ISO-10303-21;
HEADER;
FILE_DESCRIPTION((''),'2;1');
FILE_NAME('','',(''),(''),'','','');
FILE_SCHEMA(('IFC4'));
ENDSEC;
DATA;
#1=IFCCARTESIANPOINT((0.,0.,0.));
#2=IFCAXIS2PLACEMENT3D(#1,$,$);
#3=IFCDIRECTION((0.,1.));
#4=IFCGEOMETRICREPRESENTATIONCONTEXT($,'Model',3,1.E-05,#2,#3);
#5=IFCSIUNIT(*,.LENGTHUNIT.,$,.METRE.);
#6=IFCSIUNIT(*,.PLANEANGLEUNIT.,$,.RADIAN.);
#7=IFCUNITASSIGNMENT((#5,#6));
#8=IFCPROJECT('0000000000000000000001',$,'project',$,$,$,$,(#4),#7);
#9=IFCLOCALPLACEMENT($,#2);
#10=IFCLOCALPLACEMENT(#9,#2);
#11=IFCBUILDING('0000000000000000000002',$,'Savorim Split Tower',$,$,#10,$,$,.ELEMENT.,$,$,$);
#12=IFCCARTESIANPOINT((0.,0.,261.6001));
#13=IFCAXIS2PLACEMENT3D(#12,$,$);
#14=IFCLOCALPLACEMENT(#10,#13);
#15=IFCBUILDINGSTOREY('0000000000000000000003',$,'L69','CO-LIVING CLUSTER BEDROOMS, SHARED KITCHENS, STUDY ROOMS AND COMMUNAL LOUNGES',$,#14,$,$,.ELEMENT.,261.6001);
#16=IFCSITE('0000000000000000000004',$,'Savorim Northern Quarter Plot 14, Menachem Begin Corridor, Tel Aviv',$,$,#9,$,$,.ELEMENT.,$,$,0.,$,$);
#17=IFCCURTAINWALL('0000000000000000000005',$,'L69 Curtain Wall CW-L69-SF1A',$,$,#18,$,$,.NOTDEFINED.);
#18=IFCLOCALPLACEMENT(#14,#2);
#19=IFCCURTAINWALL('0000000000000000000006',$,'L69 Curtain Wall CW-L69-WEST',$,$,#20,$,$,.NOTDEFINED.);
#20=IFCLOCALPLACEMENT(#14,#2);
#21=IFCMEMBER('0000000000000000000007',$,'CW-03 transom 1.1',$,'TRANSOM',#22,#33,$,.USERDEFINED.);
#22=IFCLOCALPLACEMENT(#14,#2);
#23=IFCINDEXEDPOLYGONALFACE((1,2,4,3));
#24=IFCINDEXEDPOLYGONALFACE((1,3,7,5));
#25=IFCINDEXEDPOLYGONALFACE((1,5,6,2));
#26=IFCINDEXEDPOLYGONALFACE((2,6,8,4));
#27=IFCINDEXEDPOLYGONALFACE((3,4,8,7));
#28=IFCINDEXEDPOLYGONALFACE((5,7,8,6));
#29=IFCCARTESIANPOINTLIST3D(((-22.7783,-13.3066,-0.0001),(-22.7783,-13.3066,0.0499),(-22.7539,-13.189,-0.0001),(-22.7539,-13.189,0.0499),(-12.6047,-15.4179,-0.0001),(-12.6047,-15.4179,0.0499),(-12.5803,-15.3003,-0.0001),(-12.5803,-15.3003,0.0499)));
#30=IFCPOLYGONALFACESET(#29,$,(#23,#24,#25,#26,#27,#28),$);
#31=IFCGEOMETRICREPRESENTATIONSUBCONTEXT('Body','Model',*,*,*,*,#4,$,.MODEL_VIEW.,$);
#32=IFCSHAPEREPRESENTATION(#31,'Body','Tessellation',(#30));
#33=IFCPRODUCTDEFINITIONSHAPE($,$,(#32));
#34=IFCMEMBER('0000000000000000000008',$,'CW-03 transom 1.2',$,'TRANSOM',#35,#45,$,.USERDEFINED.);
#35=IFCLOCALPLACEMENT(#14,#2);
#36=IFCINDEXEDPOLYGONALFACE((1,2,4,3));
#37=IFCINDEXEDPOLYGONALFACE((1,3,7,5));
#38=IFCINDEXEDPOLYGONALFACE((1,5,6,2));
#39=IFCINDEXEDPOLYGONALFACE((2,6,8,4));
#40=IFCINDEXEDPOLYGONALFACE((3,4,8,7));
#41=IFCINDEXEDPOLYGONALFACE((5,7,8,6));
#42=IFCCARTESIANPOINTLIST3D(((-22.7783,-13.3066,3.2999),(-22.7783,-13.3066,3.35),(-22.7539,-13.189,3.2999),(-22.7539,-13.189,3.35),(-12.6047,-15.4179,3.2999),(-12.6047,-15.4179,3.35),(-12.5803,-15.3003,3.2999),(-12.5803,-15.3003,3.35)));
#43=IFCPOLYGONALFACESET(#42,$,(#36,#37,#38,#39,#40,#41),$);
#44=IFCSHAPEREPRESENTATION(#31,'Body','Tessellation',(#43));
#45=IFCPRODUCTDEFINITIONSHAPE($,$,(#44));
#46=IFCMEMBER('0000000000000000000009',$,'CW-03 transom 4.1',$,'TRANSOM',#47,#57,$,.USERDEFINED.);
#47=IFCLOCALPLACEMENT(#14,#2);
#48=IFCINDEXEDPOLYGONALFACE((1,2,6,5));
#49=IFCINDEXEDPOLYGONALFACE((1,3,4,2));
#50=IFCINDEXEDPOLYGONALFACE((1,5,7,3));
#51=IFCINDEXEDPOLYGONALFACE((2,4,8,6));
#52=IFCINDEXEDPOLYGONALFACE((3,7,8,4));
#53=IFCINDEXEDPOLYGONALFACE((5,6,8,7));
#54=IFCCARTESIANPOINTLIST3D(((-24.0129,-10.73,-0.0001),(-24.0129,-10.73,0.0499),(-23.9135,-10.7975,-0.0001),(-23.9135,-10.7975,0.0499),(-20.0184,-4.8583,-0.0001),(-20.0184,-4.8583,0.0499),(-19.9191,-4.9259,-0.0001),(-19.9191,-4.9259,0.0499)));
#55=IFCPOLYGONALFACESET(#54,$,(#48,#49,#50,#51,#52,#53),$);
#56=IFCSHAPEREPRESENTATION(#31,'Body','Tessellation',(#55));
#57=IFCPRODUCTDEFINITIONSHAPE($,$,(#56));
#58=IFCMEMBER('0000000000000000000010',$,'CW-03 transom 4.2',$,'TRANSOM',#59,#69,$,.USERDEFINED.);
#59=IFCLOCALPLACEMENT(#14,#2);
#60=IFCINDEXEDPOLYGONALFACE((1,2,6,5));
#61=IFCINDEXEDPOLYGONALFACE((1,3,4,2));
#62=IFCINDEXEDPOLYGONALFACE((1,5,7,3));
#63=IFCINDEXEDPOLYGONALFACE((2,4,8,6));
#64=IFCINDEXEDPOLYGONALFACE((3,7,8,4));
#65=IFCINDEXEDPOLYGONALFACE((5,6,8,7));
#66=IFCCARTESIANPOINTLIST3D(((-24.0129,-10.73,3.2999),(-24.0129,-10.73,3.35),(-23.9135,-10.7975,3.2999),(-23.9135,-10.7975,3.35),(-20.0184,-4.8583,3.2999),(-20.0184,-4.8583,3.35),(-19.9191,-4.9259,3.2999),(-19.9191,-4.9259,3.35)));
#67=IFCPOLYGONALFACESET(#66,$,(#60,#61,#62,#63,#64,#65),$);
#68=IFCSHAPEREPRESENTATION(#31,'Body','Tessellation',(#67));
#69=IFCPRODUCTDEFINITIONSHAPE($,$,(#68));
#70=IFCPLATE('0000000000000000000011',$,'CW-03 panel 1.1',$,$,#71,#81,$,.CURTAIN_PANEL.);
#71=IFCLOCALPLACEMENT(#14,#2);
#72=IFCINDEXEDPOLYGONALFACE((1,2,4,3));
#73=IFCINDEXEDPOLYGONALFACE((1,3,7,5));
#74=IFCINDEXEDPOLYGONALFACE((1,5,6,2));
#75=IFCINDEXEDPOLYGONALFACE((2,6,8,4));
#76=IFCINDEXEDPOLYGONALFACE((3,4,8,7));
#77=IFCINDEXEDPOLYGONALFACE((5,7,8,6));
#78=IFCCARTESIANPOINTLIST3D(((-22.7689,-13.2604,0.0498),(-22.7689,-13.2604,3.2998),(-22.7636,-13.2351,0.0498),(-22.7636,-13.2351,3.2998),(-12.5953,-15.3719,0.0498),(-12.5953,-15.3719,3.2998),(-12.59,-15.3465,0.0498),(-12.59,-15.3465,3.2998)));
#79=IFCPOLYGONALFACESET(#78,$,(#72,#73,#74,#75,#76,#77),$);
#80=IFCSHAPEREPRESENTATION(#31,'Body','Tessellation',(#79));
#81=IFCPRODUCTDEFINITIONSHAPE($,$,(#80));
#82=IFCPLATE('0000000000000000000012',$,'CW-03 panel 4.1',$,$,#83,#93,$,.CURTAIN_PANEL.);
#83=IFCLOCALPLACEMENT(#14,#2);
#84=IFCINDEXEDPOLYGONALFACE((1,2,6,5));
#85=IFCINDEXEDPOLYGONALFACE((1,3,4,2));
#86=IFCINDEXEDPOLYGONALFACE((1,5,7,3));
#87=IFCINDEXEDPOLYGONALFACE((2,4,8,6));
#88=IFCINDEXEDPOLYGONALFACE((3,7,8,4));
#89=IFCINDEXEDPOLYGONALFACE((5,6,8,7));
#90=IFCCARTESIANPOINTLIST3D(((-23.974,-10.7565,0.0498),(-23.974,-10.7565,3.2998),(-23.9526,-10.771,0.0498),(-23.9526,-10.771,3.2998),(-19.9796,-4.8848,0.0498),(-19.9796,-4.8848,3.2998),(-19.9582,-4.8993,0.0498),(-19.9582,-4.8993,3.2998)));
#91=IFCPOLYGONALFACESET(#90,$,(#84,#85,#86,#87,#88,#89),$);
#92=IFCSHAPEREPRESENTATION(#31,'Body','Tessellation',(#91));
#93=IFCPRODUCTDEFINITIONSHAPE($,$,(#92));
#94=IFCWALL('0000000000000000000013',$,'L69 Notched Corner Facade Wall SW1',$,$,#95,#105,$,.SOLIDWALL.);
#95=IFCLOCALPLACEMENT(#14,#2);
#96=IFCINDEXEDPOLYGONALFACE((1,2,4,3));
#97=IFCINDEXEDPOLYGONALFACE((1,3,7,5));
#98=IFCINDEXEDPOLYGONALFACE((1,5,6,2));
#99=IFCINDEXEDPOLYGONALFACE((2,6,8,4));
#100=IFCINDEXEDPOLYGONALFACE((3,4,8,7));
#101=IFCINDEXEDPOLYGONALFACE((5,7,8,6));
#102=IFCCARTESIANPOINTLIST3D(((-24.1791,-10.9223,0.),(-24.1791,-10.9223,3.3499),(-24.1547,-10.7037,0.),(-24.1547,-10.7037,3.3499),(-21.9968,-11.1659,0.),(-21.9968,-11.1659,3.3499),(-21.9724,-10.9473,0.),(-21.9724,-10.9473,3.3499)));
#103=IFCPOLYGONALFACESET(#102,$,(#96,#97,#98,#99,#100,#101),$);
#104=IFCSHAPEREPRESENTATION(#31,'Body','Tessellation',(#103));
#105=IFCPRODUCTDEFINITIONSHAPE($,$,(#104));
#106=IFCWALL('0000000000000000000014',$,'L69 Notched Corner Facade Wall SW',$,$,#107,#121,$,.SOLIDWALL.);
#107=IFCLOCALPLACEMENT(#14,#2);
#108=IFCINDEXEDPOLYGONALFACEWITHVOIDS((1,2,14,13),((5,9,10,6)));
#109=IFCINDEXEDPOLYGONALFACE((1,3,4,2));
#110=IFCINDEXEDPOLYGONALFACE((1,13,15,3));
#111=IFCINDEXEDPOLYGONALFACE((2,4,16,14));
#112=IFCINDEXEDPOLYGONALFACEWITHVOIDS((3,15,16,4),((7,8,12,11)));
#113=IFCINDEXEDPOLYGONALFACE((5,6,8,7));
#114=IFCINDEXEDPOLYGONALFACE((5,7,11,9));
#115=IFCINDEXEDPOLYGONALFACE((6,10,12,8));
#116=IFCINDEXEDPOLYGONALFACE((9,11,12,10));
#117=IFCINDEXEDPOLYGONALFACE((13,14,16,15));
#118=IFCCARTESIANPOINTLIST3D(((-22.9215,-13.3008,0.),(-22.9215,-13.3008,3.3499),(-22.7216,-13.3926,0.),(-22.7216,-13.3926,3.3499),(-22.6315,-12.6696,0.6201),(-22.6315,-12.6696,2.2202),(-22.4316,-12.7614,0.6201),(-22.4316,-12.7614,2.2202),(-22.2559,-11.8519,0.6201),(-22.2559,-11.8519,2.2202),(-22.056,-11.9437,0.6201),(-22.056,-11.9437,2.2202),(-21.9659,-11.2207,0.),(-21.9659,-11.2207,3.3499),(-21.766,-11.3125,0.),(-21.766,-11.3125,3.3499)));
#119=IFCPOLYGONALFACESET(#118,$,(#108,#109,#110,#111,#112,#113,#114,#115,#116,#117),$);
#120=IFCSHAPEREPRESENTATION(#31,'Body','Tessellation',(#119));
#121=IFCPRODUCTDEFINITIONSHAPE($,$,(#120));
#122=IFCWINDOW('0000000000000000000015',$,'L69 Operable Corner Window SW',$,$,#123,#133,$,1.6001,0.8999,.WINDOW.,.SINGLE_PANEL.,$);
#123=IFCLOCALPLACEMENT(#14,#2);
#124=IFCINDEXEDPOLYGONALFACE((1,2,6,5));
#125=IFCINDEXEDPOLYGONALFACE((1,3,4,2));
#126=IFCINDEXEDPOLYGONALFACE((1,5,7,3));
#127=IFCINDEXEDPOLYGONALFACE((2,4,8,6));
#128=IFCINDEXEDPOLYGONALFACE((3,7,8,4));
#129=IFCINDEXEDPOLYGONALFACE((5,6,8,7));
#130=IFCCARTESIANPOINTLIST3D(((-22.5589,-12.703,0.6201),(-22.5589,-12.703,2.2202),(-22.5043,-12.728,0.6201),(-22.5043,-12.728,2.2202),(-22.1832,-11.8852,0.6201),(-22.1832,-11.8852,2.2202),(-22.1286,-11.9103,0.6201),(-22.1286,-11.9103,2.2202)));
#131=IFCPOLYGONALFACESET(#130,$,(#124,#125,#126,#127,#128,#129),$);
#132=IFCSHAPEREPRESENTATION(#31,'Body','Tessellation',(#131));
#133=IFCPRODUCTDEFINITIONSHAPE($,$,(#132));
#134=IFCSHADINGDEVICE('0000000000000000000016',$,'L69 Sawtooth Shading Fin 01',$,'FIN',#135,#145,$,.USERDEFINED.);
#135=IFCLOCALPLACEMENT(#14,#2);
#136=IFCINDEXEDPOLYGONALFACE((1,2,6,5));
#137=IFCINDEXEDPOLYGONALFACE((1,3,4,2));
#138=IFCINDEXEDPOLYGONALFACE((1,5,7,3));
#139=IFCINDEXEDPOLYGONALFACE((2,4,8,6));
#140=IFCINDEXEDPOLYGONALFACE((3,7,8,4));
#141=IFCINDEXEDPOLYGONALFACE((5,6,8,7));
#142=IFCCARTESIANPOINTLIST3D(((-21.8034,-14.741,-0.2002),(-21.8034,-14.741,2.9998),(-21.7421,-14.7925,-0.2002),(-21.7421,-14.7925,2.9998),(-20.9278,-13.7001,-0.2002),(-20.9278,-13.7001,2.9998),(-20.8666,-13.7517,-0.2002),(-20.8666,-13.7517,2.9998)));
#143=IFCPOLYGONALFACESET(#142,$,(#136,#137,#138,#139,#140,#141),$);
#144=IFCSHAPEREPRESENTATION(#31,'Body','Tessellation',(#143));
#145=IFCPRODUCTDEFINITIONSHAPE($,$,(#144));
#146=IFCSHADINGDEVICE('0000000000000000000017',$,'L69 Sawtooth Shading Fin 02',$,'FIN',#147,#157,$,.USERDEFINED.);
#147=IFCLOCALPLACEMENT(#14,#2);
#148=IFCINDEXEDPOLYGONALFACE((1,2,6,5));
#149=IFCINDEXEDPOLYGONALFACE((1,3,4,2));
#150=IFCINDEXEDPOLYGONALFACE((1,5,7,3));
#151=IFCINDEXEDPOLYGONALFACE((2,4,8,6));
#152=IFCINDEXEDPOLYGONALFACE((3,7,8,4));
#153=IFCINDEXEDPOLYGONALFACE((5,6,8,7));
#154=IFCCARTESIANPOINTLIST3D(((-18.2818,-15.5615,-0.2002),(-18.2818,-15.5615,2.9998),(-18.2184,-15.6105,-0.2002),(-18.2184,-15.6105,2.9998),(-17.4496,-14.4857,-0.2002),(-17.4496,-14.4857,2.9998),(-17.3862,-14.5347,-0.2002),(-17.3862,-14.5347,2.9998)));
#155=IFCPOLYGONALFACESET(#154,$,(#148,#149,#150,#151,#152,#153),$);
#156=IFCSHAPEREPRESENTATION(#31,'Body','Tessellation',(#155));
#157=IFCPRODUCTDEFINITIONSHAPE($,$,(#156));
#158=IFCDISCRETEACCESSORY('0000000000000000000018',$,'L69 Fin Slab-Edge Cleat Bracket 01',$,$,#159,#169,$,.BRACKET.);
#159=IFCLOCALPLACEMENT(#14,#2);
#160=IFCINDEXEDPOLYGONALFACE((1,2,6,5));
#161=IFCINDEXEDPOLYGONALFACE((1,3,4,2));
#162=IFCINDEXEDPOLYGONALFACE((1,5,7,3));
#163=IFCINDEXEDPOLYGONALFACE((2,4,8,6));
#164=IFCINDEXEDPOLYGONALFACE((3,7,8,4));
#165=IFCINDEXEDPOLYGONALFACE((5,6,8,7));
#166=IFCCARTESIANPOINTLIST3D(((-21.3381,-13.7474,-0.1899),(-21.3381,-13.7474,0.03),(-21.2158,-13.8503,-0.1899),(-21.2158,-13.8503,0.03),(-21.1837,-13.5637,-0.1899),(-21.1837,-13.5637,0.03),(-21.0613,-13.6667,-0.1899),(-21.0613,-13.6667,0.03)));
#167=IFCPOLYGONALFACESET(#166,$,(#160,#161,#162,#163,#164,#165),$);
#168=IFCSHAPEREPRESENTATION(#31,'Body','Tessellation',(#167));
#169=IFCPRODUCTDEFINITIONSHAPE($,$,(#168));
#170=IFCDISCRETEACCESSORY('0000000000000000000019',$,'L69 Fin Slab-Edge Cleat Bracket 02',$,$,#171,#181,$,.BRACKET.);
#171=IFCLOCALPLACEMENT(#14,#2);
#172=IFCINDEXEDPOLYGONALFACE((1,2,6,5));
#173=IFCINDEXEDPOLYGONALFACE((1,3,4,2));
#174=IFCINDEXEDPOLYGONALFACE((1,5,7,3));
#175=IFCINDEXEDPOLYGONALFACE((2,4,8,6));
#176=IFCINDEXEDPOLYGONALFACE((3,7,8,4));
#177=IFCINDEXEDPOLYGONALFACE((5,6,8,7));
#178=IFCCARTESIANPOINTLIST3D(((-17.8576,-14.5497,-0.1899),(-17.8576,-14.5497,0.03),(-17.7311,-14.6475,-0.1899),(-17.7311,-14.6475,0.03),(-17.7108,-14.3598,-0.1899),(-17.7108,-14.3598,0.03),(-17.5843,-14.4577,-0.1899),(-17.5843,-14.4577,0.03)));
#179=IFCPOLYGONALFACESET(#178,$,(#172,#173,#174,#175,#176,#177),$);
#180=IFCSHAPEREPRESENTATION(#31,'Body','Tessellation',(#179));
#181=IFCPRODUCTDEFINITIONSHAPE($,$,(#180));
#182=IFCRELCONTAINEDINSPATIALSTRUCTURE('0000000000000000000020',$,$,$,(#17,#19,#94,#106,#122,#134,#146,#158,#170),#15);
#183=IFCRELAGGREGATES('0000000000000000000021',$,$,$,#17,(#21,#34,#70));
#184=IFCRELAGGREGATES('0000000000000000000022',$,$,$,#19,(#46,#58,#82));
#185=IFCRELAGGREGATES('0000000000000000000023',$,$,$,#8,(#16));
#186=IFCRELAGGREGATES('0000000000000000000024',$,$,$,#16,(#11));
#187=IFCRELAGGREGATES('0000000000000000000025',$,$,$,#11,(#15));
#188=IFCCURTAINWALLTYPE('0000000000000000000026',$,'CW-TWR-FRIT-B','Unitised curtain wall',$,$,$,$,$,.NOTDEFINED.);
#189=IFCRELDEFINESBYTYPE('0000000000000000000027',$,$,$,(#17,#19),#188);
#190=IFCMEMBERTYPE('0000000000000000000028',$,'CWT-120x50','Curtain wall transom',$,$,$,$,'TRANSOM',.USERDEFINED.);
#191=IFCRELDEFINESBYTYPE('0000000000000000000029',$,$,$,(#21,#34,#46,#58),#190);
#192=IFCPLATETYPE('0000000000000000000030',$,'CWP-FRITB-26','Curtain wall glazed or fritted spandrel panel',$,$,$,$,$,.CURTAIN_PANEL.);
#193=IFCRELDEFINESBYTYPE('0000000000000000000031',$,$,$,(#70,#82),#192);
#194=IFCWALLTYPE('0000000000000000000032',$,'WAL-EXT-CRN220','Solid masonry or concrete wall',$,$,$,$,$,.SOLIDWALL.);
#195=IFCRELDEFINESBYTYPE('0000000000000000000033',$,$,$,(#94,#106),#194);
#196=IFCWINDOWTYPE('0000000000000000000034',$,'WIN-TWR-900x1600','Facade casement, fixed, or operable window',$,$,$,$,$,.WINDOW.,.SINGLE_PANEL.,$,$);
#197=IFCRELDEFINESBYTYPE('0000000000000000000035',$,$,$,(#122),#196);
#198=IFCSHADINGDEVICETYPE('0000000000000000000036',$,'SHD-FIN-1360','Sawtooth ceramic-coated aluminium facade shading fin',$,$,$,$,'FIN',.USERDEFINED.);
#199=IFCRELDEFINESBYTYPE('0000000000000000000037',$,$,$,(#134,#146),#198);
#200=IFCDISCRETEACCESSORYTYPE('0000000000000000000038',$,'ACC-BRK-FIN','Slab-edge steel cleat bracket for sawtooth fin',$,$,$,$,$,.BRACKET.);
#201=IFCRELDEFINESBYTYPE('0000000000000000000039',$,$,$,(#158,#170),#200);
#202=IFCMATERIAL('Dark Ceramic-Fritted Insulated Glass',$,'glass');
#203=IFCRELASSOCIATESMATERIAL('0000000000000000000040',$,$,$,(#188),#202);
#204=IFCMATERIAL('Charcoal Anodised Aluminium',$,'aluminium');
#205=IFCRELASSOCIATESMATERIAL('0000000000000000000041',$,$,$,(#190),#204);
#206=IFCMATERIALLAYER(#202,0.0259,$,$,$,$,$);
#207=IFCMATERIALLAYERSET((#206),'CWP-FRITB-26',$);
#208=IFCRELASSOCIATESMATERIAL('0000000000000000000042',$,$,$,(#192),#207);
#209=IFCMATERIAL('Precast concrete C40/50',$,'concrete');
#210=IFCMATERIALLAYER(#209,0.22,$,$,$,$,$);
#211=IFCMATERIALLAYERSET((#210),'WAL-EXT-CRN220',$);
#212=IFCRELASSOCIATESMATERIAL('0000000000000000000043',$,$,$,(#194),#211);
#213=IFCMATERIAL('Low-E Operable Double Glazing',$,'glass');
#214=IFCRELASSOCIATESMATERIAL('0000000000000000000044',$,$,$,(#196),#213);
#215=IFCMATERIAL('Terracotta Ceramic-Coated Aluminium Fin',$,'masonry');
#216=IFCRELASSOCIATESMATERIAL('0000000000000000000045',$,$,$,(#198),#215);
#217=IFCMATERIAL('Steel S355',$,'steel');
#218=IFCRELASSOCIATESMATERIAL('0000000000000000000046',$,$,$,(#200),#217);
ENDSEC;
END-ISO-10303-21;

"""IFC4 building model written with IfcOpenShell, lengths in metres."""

from ifc_helpers import new_model, si_unit, direction, frame, frame_2d, origin, origin_2d, place, context, subcontext, project, spatial, rectangle, extrude, material, layer, layer_set, material_profile, profile_set, type_object, element, fill, aggregate, save


model = new_model("IFC4")

# Units and contexts
model_context = context("Model", 3, precision=1e-05, world=origin(), true_north=direction((0.0, 1.0)))
body_context = subcontext(model_context, "Body", "Model", "MODEL_VIEW")
ifc_project = project(units=[si_unit("LENGTHUNIT", "METRE"), si_unit("PLANEANGLEUNIT", "RADIAN")], contexts=[model_context])

# Site, building, storey
site_placement = place(None, origin())
site = spatial("IfcSite", under=ifc_project, at=site_placement, Name="Savorim Northern Quarter Plot 14, Menachem Begin Corridor, Tel Aviv", CompositionType="ELEMENT", RefElevation=0.0)
building_placement = place(site_placement, origin())
building = spatial("IfcBuilding", under=site, at=building_placement, Name="Savorim Split Tower", CompositionType="ELEMENT")
storey_placement = place(building_placement, frame((0.0, 0.0, 261.6001)))
storey = spatial("IfcBuildingStorey", under=building, at=storey_placement, Name="L69", Description="CO-LIVING CLUSTER BEDROOMS, SHARED KITCHENS, STUDY ROOMS AND COMMUNAL LOUNGES", CompositionType="ELEMENT", Elevation=261.6001)

# Shared definitions
ifc_material_1 = material(Name="Steel S355", Category="steel")

# Curtain wall
ifc_material_2 = material(Name="Dark Ceramic-Fritted Insulated Glass", Category="glass")
curtain_wall_type = type_object("IfcCurtainWallType", Name="CW-TWR-FRIT-B", Description="Unitised curtain wall", PredefinedType="NOTDEFINED", material=ifc_material_2)
curtain_wall_1_placement = place(storey_placement, origin())
curtain_wall_1 = element("IfcCurtainWall", 1, at=curtain_wall_1_placement, inside=storey, type_object=curtain_wall_type, Name="L69 Curtain Wall CW-L69-SF1A", PredefinedType="NOTDEFINED")
ifc_material_3 = material(Name="Charcoal Anodised Aluminium", Category="aluminium")

# Curtain wall
curtain_wall_2_placement = place(storey_placement, origin())
curtain_wall_2 = element("IfcCurtainWall", 2, at=curtain_wall_2_placement, inside=storey, type_object=curtain_wall_type, Name="L69 Curtain Wall CW-L69-WEST", PredefinedType="NOTDEFINED")

# Members
ifc_material_profile_1 = material_profile(ifc_material_3, rectangle(XDim=0.1201, YDim=0.05, at=origin_2d()), Name="ALU-T 120x50")
ifc_profile_set_1 = profile_set([ifc_material_profile_1], Name="Charcoal Anodised Aluminium")
member_type_1 = type_object("IfcMemberType", Name="CWT-120x50", Description="Curtain wall transom", ElementType="TRANSOM", PredefinedType="USERDEFINED", material=ifc_profile_set_1)
member_1_placement = place(storey_placement, frame((-22.7661, -13.2478, 0.0249), z_axis=(0.979137, -0.203201, 0.0), x_axis=(0.203201, 0.979137, 0.0)))
member_1 = element("IfcMember", 3, at=member_1_placement, type_object=member_type_1, Name="CW-03 transom 1.1", ObjectType="TRANSOM", PredefinedType="USERDEFINED", context=body_context, shape_type="SweptSolid", body=[
    extrude(rectangle(XDim=0.1201, YDim=0.05, at=origin_2d()), origin(), (0.0, 0.0, 1.0), 10.3904),
])
member_2_placement = place(storey_placement, frame((-22.7661, -13.2478, 3.325), z_axis=(0.979137, -0.203201, 0.0), x_axis=(0.203201, 0.979137, 0.0)))
member_2 = element("IfcMember", 4, at=member_2_placement, type_object=member_type_1, Name="CW-03 transom 1.2", ObjectType="TRANSOM", PredefinedType="USERDEFINED", context=body_context, shape_type="SweptSolid", body=[
    extrude(rectangle(XDim=0.1201, YDim=0.05, at=origin_2d()), origin(), (0.0, 0.0, 1.0), 10.3904),
])
member_3_placement = place(storey_placement, frame((-19.9688, -4.8921, 0.0249), z_axis=(-0.562475, -0.826815, 0.0), x_axis=(0.826815, -0.562475, 0.0)))
member_3 = element("IfcMember", 5, at=member_3_placement, type_object=member_type_1, Name="CW-03 transom 4.1", ObjectType="TRANSOM", PredefinedType="USERDEFINED", context=body_context, shape_type="SweptSolid", body=[
    extrude(rectangle(XDim=0.1201, YDim=0.05, at=origin_2d()), origin(), (0.0, 0.0, 1.0), 7.1016),
])
member_4_placement = place(storey_placement, frame((-19.9688, -4.8921, 3.325), z_axis=(-0.562475, -0.826815, 0.0), x_axis=(0.826815, -0.562475, 0.0)))
member_4 = element("IfcMember", 6, at=member_4_placement, type_object=member_type_1, Name="CW-03 transom 4.2", ObjectType="TRANSOM", PredefinedType="USERDEFINED", context=body_context, shape_type="SweptSolid", body=[
    extrude(rectangle(XDim=0.1201, YDim=0.05, at=origin_2d()), origin(), (0.0, 0.0, 1.0), 7.1016),
])

# Plates
ifc_layer_1 = layer(ifc_material_2, 0.0259)
ifc_layer_set_1 = layer_set([ifc_layer_1], Name="CWP-FRITB-26")
plate_type = type_object("IfcPlateType", Name="CWP-FRITB-26", Description="Curtain wall glazed or fritted spandrel panel", PredefinedType="CURTAIN_PANEL", material=ifc_layer_set_1)
plate_1_placement = place(storey_placement, frame((-17.6794, -14.3035, 0.0498), z_axis=(0.0, 0.0, 1.0), x_axis=(0.979135, -0.20321, 0.0)))
plate_1 = element("IfcPlate", 7, at=plate_1_placement, type_object=plate_type, Name="CW-03 panel 1.1", PredefinedType="CURTAIN_PANEL", context=body_context, shape_type="SweptSolid", body=[
    extrude(rectangle(XDim=10.3904, YDim=0.0259, at=origin_2d()), origin(), (0.0, 0.0, 1.0), 3.25),
])
aggregate(curtain_wall_1, [member_1, member_2, plate_1])
plate_2_placement = place(storey_placement, frame((-21.9661, -7.8279, 0.0498), z_axis=(0.0, 0.0, 1.0), x_axis=(-0.56247, -0.826817, 0.0)))
plate_2 = element("IfcPlate", 8, at=plate_2_placement, type_object=plate_type, Name="CW-03 panel 4.1", PredefinedType="CURTAIN_PANEL", context=body_context, shape_type="SweptSolid", body=[
    extrude(rectangle(XDim=7.1016, YDim=0.0259, at=origin_2d()), origin(), (0.0, 0.0, 1.0), 3.25),
])
aggregate(curtain_wall_2, [member_3, member_4, plate_2])

# Wall
ifc_material_4 = material(Name="Precast concrete C40/50", Category="concrete")
ifc_layer_2 = layer(ifc_material_4, 0.22)
ifc_layer_set_2 = layer_set([ifc_layer_2], Name="WAL-EXT-CRN220")
wall_type = type_object("IfcWallType", Name="WAL-EXT-CRN220", Description="Solid masonry or concrete wall", PredefinedType="SOLIDWALL", material=ifc_layer_set_2)
wall_1_placement = place(storey_placement, frame((-21.9846, -11.0566, 0.0), z_axis=(0.0, 0.0, 1.0), x_axis=(-0.993824, 0.110968, 0.0)))
element("IfcWall", 9, at=wall_1_placement, inside=storey, type_object=wall_type, Name="L69 Notched Corner Facade Wall SW1", PredefinedType="SOLIDWALL", context=body_context, shape_type="SweptSolid", body=[
    extrude(rectangle(XDim=2.1958, YDim=0.22, at=frame_2d((1.0979, 0.0))), origin(), (0.0, 0.0, 1.0), 3.3499),
])

# Wall, opening, window
wall_2_placement = place(storey_placement, frame((-22.8215, -13.3467, 0.0), z_axis=(0.0, 0.0, 1.0), x_axis=(0.417448, 0.908701, 0.0)))
wall_2 = element("IfcWall", 10, at=wall_2_placement, inside=storey, type_object=wall_type, Name="L69 Notched Corner Facade Wall SW", PredefinedType="SOLIDWALL", context=body_context, shape_type="SweptSolid", body=[
    extrude(rectangle(XDim=2.2891, YDim=0.22, at=frame_2d((1.1445, 0.0))), origin(), (0.0, 0.0, 1.0), 3.3499),
])
opening_placement = place(wall_2_placement, frame((0.6946, 0.0, 0.6201)))
opening = element("IfcOpeningElement", 11, at=opening_placement, cuts=wall_2, PredefinedType="OPENING", context=body_context, shape_type="SweptSolid", body=[
    extrude(rectangle(XDim=0.8999, YDim=1.6001, at=frame_2d((0.45, 0.8))), frame((0.0, 0.1199, 0.0), z_axis=(0.0, -1.0, 0.0), x_axis=(1.0, 0.0, 0.0)), (0.0, 0.0, 1.0), 0.24),
])
ifc_material_5 = material(Name="Low-E Operable Double Glazing", Category="glass")
window_type = type_object("IfcWindowType", Name="WIN-TWR-900x1600", Description="Facade casement, fixed, or operable window", PartitioningType="SINGLE_PANEL", PredefinedType="WINDOW", material=ifc_material_5)
window_placement = place(opening_placement, origin())
window = element("IfcWindow", 12, at=window_placement, inside=storey, type_object=window_type, Name="L69 Operable Corner Window SW", OverallHeight=1.6001, OverallWidth=0.8999, PartitioningType="SINGLE_PANEL", PredefinedType="WINDOW", context=body_context, shape_type="SweptSolid", body=[
    extrude(rectangle(XDim=0.8999, YDim=1.6001, at=frame_2d((0.45, 0.8))), frame((0.0, 0.03, 0.0), z_axis=(0.0, -1.0, 0.0), x_axis=(1.0, 0.0, 0.0)), (0.0, 0.0, 1.0), 0.0601),
])
fill(opening, window)

# Shading devices
ifc_material_6 = material(Name="Terracotta Ceramic-Coated Aluminium Fin", Category="masonry")
shading_device_type = type_object("IfcShadingDeviceType", Name="SHD-FIN-1360", Description="Sawtooth ceramic-coated aluminium facade shading fin", ElementType="FIN", PredefinedType="USERDEFINED", material=ifc_material_6)
for number, where, z_axis, x_axis, name in (
    (13, (-21.335, -14.2463, -0.2002), (0.0, 0.0, 1.0), (-0.643719, -0.765262, 0.0), "L69 Sawtooth Shading Fin 01"),
    (14, (-17.834, -15.0481, -0.2002), (0.0, 0.0, 1.0), (-0.611868, -0.79096, 0.0), "L69 Sawtooth Shading Fin 02"),
):
    element("IfcShadingDevice", number, at=place(storey_placement, frame(where, z_axis=z_axis, x_axis=x_axis)), inside=storey, type_object=shading_device_type, Name=name, ObjectType="FIN", PredefinedType="USERDEFINED", context=body_context, shape_type="SweptSolid", body=[
        extrude(rectangle(XDim=1.3601, YDim=0.0801, at=origin_2d()), origin(), (0.0, 0.0, 1.0), 3.2),
    ])

# Discrete accessories
discrete_accessory_type = type_object("IfcDiscreteAccessoryType", Name="ACC-BRK-FIN", Description="Slab-edge steel cleat bracket for sawtooth fin", PredefinedType="BRACKET", material=ifc_material_1)
for number, where, z_axis, x_axis, name in (
    (15, (-21.1997, -13.707, -0.1899), (0.0, 0.0, 1.0), (-0.643719, -0.765262, 0.0), "L69 Fin Slab-Edge Cleat Bracket 01"),
    (16, (-17.7209, -14.5037, -0.1899), (0.0, 0.0, 1.0), (-0.611868, -0.79096, 0.0), "L69 Fin Slab-Edge Cleat Bracket 02"),
):
    element("IfcDiscreteAccessory", number, at=place(storey_placement, frame(where, z_axis=z_axis, x_axis=x_axis)), inside=storey, type_object=discrete_accessory_type, Name=name, PredefinedType="BRACKET", context=body_context, shape_type="SweptSolid", body=[
        extrude(rectangle(XDim=0.24, YDim=0.1599, at=origin_2d()), origin(), (0.0, 0.0, 1.0), 0.22),
    ])

save(model, "model.ifc")
